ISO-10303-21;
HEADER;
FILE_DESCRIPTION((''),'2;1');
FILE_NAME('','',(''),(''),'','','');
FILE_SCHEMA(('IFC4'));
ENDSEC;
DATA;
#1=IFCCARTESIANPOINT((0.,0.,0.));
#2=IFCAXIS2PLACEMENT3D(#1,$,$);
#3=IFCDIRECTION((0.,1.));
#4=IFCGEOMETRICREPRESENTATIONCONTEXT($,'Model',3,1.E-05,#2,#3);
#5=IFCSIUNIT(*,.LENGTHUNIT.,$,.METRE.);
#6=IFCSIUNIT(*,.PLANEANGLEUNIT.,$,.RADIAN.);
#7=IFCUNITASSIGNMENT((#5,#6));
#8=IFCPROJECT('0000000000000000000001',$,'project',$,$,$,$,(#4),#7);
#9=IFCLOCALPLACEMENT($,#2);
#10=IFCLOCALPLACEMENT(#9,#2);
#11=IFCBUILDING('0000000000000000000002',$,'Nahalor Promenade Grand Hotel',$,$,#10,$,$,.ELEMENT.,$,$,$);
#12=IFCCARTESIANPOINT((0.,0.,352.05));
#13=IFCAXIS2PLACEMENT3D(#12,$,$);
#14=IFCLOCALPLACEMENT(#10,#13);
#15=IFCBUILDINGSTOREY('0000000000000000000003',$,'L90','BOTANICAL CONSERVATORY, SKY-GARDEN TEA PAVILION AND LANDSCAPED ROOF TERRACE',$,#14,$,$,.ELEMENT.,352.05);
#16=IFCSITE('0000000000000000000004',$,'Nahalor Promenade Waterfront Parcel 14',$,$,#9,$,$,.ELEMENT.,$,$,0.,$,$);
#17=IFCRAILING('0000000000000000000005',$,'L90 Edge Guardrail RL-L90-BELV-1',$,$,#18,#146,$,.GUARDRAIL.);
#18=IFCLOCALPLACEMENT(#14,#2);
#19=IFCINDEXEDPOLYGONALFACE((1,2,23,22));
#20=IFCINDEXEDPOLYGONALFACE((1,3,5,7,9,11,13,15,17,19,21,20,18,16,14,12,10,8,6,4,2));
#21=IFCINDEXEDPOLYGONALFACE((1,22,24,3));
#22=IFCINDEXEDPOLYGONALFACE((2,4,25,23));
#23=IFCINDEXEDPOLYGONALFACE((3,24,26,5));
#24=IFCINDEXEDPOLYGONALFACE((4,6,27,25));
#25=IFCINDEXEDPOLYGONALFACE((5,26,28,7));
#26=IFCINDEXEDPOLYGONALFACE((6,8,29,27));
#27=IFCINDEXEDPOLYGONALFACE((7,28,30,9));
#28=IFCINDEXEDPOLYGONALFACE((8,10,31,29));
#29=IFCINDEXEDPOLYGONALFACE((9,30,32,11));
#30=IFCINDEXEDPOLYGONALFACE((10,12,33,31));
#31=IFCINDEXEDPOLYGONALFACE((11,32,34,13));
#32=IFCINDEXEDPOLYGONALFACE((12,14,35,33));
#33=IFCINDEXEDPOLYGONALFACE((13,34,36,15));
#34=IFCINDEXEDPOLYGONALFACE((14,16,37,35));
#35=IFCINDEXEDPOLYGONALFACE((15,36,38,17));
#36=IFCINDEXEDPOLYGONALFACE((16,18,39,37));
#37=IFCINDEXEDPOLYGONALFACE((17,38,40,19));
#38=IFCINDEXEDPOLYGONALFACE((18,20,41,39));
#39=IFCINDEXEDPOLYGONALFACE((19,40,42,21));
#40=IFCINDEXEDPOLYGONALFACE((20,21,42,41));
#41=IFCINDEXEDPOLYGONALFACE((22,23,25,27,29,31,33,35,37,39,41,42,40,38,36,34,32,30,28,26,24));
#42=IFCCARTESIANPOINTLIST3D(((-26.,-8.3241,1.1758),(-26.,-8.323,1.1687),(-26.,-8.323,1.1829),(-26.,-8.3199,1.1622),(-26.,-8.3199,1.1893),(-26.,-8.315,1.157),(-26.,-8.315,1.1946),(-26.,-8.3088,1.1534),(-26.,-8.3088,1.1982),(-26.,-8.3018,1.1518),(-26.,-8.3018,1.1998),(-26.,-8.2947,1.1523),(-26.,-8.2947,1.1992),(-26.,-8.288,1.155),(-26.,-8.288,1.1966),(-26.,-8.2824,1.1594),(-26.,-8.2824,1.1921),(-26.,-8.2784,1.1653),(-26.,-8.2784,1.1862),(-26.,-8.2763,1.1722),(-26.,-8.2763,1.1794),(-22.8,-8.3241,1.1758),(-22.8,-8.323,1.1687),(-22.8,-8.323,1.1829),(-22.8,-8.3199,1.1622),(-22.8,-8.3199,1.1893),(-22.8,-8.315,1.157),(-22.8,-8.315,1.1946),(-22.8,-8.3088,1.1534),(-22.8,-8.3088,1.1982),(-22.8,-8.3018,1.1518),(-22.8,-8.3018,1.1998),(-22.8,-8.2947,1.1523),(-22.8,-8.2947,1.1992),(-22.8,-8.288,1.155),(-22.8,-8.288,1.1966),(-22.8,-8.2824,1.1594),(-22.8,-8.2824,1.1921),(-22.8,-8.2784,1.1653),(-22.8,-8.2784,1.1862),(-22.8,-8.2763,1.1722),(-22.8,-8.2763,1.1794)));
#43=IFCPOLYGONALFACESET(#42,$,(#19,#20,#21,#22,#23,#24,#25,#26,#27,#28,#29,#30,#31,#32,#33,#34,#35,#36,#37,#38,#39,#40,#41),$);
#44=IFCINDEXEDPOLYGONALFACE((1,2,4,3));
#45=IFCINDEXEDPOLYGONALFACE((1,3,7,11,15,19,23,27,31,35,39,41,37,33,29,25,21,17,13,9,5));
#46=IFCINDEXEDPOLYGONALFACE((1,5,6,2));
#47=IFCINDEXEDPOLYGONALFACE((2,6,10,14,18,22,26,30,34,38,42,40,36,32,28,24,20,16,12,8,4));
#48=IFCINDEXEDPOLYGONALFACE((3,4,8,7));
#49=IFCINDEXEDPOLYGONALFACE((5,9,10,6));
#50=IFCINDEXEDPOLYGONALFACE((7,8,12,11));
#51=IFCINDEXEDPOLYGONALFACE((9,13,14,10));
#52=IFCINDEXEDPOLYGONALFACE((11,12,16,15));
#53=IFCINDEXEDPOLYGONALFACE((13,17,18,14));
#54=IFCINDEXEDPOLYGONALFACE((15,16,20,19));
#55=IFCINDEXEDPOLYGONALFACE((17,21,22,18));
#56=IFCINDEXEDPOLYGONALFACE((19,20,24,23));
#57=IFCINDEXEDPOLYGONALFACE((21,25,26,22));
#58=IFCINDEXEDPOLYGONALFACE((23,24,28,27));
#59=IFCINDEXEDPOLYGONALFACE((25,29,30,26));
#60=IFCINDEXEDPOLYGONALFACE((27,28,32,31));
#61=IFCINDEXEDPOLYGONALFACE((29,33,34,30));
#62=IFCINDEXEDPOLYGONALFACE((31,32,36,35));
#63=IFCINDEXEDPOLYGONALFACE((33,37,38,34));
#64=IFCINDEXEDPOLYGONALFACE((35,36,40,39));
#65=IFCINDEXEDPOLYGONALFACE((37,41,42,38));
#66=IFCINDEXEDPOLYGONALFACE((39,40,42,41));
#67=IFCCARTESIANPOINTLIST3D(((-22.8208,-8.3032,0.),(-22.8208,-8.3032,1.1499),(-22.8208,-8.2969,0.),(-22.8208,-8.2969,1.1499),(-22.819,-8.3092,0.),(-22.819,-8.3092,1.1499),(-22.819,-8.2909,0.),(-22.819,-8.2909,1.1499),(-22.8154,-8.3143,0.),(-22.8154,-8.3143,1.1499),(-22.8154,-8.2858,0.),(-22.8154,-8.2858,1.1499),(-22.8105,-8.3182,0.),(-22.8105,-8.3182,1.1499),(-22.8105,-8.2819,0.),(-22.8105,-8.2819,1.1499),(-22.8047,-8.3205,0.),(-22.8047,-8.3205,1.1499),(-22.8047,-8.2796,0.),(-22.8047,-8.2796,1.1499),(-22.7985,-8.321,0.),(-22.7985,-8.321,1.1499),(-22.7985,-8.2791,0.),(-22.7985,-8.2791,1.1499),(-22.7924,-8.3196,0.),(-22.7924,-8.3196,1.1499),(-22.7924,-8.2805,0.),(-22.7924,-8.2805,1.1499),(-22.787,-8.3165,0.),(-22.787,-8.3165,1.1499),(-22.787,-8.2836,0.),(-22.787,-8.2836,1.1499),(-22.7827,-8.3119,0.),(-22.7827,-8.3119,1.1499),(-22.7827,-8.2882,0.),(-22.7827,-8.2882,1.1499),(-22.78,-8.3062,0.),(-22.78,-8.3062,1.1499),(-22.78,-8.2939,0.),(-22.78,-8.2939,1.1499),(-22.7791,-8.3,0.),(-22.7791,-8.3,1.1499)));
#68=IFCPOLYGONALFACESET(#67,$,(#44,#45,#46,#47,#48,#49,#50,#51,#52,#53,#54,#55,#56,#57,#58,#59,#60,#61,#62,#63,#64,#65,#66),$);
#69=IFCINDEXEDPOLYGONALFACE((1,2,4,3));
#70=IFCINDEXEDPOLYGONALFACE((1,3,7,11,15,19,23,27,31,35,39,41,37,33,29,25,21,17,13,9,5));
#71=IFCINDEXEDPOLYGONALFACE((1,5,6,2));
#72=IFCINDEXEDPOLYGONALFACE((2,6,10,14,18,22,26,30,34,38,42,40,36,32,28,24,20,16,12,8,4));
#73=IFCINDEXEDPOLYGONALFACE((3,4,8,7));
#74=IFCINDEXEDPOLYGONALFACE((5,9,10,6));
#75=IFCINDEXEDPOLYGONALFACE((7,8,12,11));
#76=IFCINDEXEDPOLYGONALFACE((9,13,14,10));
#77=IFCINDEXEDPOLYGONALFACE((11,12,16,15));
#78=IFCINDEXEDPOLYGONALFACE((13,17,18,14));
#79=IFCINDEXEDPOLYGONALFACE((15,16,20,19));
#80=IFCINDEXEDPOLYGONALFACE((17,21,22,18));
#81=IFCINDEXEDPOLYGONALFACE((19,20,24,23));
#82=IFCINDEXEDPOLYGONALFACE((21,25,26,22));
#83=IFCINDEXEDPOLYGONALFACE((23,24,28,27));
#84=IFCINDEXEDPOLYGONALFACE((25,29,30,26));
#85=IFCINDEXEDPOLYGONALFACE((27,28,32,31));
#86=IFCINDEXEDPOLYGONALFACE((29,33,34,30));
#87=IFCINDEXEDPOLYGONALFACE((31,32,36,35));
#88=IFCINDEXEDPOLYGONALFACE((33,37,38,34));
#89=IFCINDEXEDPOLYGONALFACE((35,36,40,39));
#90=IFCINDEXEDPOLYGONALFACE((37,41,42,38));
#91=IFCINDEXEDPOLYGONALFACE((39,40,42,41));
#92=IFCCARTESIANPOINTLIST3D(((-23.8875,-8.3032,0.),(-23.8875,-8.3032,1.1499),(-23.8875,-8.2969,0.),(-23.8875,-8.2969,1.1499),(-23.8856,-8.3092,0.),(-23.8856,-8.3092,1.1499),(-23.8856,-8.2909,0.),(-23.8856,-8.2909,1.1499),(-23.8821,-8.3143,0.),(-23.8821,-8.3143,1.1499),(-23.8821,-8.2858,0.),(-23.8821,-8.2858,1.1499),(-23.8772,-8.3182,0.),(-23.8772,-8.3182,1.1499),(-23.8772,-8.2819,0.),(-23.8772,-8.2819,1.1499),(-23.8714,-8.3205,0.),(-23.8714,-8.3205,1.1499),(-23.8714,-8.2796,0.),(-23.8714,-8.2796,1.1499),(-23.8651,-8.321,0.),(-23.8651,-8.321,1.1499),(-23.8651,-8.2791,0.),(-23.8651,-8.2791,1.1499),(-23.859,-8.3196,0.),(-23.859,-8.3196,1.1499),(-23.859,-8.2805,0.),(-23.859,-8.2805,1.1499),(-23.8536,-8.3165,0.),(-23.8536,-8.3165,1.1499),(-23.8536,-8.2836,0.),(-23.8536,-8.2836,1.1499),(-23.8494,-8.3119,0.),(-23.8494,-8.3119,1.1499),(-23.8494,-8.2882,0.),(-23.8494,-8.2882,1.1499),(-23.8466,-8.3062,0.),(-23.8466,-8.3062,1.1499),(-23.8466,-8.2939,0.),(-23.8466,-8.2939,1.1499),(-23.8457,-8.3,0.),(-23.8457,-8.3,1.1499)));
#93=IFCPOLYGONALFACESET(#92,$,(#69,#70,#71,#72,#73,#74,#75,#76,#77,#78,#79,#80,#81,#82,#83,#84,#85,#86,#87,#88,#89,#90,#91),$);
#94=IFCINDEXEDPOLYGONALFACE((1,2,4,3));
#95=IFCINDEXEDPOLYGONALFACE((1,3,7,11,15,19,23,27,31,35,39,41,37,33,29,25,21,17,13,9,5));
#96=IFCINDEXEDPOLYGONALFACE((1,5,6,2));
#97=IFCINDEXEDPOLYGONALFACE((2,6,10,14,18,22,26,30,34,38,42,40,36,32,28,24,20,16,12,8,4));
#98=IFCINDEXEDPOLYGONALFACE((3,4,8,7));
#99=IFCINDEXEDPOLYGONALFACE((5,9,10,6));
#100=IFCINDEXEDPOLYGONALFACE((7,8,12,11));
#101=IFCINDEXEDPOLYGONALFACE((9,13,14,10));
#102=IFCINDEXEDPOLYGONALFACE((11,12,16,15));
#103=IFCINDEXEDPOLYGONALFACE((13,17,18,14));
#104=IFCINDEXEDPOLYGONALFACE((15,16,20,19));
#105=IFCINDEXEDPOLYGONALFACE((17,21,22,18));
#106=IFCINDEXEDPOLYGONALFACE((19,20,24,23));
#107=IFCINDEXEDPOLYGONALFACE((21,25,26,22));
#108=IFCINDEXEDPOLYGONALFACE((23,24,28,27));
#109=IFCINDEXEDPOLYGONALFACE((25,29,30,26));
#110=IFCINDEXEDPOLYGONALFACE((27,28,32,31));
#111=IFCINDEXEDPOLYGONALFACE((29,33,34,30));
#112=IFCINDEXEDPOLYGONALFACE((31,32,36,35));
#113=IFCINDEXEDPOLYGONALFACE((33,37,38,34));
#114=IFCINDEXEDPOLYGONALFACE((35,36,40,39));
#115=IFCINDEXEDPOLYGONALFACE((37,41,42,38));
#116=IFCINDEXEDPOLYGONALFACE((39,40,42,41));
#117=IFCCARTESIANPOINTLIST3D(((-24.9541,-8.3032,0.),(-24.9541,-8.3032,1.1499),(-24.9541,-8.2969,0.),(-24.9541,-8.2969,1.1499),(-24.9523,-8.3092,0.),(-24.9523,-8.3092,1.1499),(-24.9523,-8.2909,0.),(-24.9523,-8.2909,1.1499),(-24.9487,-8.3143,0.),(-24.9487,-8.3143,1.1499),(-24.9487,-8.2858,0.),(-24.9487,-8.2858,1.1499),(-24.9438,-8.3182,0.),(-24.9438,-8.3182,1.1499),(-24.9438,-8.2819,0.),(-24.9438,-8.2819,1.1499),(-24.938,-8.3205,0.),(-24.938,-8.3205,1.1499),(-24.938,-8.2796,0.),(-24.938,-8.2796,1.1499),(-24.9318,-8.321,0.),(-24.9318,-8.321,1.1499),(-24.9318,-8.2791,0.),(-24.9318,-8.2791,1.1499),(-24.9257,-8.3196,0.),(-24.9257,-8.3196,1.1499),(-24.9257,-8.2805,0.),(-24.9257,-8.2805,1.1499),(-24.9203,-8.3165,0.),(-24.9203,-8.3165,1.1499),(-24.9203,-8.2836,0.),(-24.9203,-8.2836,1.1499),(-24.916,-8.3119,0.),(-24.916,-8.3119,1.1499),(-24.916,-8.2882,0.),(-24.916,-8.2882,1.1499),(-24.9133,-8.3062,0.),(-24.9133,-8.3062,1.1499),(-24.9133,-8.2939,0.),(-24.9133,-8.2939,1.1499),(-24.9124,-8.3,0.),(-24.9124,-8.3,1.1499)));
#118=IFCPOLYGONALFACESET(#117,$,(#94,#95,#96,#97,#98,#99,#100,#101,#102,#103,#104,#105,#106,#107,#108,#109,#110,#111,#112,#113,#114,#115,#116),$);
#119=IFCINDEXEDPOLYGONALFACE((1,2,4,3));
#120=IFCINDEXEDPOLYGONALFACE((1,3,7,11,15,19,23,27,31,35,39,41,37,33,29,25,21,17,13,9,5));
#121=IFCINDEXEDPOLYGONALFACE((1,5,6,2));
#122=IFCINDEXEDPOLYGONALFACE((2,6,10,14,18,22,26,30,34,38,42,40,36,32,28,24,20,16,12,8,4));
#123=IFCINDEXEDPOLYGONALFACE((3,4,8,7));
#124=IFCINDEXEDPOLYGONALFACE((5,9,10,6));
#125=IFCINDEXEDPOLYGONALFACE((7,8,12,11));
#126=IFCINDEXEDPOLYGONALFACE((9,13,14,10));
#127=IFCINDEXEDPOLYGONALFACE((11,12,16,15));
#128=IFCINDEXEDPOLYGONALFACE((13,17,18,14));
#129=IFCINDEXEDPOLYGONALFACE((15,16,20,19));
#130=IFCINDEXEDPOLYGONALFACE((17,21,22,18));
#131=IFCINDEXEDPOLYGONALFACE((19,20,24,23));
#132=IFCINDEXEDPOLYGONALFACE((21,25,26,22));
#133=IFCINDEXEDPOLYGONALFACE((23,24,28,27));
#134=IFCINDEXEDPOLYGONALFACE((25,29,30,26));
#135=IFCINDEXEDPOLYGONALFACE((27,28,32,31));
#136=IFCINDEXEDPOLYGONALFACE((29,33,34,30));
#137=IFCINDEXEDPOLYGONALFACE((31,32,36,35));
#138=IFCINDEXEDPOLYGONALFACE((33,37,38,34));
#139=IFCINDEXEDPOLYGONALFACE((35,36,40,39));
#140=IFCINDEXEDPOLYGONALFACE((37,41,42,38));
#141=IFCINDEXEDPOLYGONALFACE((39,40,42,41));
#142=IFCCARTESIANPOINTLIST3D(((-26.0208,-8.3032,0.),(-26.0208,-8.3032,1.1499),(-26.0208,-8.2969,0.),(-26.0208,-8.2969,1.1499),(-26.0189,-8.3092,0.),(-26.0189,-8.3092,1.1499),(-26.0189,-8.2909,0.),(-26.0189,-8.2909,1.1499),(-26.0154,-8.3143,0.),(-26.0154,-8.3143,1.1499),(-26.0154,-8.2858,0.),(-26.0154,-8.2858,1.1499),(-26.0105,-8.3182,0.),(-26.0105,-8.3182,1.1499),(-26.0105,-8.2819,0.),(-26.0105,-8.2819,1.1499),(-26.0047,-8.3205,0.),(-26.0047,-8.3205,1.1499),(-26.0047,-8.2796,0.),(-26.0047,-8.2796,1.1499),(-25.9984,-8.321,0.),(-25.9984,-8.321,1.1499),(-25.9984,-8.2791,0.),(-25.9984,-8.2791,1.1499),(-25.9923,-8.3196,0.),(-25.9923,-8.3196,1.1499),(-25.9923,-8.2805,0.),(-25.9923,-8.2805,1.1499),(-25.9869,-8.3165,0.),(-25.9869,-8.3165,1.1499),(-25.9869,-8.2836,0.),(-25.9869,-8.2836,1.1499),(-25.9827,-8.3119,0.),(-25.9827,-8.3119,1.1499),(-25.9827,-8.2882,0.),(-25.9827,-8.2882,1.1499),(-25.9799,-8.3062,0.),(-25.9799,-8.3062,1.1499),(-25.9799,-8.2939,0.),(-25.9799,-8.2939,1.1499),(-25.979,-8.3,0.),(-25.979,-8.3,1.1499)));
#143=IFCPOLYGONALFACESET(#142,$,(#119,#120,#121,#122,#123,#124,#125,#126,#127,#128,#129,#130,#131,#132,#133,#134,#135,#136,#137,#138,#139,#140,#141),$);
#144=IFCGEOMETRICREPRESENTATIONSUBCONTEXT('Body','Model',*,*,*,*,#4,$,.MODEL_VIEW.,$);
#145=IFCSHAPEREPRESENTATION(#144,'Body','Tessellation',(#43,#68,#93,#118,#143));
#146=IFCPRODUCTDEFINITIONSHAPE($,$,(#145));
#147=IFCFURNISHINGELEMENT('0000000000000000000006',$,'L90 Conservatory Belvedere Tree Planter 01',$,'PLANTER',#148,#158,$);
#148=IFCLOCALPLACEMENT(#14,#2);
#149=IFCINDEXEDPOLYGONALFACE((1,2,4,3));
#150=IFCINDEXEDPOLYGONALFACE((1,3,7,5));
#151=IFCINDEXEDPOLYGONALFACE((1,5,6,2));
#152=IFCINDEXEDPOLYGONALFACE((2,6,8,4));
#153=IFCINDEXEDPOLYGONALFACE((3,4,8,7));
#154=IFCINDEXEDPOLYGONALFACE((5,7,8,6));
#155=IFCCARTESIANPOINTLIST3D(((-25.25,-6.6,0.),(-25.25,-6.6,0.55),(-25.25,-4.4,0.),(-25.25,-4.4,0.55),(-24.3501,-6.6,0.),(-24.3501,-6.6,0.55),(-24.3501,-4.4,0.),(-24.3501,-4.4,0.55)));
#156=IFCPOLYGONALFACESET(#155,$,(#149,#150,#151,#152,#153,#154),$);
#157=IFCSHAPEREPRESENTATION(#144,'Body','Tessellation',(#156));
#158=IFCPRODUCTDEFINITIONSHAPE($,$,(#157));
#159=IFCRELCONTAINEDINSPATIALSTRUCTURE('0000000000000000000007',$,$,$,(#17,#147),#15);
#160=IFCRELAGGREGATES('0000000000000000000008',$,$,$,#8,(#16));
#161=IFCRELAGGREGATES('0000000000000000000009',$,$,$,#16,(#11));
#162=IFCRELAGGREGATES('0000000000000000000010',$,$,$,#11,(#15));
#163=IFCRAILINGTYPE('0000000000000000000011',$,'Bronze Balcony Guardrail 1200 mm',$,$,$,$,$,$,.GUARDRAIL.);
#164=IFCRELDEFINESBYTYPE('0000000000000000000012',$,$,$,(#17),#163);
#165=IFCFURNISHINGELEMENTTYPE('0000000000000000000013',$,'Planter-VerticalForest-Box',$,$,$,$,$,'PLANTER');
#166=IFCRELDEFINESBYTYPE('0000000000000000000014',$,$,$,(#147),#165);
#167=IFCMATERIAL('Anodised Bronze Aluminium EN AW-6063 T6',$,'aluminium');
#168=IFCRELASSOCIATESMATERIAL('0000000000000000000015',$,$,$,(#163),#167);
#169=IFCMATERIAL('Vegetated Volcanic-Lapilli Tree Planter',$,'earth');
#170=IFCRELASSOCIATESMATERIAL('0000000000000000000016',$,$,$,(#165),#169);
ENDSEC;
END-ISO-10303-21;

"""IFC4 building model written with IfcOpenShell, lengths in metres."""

from ifc_helpers import new_model, si_unit, direction, frame, origin, origin_2d, place, context, subcontext, project, spatial, rectangle, circle, extrude, source, transform, mapped, material, type_object, element, save


model = new_model("IFC4")

# Units and contexts
model_context = context("Model", 3, precision=1e-05, world=origin(), true_north=direction((0.0, 1.0)))
body_context = subcontext(model_context, "Body", "Model", "MODEL_VIEW")
ifc_project = project(units=[si_unit("LENGTHUNIT", "METRE"), si_unit("PLANEANGLEUNIT", "RADIAN")], contexts=[model_context])

# Site, building, storey
site_placement = place(None, origin())
site = spatial("IfcSite", under=ifc_project, at=site_placement, Name="Nahalor Promenade Waterfront Parcel 14", CompositionType="ELEMENT", RefElevation=0.0)
building_placement = place(site_placement, origin())
building = spatial("IfcBuilding", under=site, at=building_placement, Name="Nahalor Promenade Grand Hotel", CompositionType="ELEMENT")
storey_placement = place(building_placement, frame((0.0, 0.0, 352.05)))
storey = spatial("IfcBuildingStorey", under=building, at=storey_placement, Name="L90", Description="BOTANICAL CONSERVATORY, SKY-GARDEN TEA PAVILION AND LANDSCAPED ROOF TERRACE", CompositionType="ELEMENT", Elevation=352.05)

# Shared definitions
ifc_material_1 = material(Name="Anodised Bronze Aluminium EN AW-6063 T6", Category="aluminium")

# Railing
railing_type = type_object("IfcRailingType", Name="Bronze Balcony Guardrail 1200 mm", PredefinedType="GUARDRAIL", material=ifc_material_1)
railing_1_placement = place(storey_placement, frame((-22.8, -8.3, 0.0)))
element("IfcRailing", 1, at=railing_1_placement, inside=storey, type_object=railing_type, Name="L90 Edge Guardrail RL-L90-BELV-1", PredefinedType="GUARDRAIL", context=body_context, shape_type="SweptSolid", body=[
    extrude(circle(Radius=0.024, at=origin_2d()), frame((0.0, 0.0, 1.1758), z_axis=(-1.0, 0.0, 0.0), x_axis=(0.0, -1.0, 0.0)), (0.0, 0.0, 1.0), 3.2),
    extrude(circle(Radius=0.021, at=origin_2d()), origin(), (0.0, 0.0, 1.0), 1.1499),
    extrude(circle(Radius=0.021, at=origin_2d()), frame((-1.0667, 0.0, 0.0)), (0.0, 0.0, 1.0), 1.1499),
    extrude(circle(Radius=0.021, at=origin_2d()), frame((-2.1333, 0.0, 0.0)), (0.0, 0.0, 1.0), 1.1499),
    extrude(circle(Radius=0.021, at=origin_2d()), frame((-3.2, 0.0, 0.0)), (0.0, 0.0, 1.0), 1.1499),
])

# Furnishing element
ifc_material_2 = material(Name="Vegetated Volcanic-Lapilli Tree Planter", Category="earth")
furnishing_element_type = type_object("IfcFurnishingElementType", Name="Planter-VerticalForest-Box", ElementType="PLANTER", material=ifc_material_2)
shared_shape_1 = source(origin(), body_context, "Body", "SweptSolid", [
    extrude(rectangle(XDim=0.8999, YDim=2.2, at=origin_2d()), origin(), (0.0, 0.0, 1.0), 0.55),
])
furnishing_placement = place(storey_placement, frame((-24.8, -5.5, 0.0), z_axis=(0.0, 0.0, 1.0), x_axis=(1.0, 0.0, 0.0)))
element("IfcFurnishingElement", 2, at=furnishing_placement, inside=storey, type_object=furnishing_element_type, Name="L90 Conservatory Belvedere Tree Planter 01", ObjectType="PLANTER", context=body_context, shape_type="MappedRepresentation", body=[
    mapped(shared_shape_1, transform((0.0, 0.0, 0.0), scale=1.0)),
])

save(model, "model.ifc")
